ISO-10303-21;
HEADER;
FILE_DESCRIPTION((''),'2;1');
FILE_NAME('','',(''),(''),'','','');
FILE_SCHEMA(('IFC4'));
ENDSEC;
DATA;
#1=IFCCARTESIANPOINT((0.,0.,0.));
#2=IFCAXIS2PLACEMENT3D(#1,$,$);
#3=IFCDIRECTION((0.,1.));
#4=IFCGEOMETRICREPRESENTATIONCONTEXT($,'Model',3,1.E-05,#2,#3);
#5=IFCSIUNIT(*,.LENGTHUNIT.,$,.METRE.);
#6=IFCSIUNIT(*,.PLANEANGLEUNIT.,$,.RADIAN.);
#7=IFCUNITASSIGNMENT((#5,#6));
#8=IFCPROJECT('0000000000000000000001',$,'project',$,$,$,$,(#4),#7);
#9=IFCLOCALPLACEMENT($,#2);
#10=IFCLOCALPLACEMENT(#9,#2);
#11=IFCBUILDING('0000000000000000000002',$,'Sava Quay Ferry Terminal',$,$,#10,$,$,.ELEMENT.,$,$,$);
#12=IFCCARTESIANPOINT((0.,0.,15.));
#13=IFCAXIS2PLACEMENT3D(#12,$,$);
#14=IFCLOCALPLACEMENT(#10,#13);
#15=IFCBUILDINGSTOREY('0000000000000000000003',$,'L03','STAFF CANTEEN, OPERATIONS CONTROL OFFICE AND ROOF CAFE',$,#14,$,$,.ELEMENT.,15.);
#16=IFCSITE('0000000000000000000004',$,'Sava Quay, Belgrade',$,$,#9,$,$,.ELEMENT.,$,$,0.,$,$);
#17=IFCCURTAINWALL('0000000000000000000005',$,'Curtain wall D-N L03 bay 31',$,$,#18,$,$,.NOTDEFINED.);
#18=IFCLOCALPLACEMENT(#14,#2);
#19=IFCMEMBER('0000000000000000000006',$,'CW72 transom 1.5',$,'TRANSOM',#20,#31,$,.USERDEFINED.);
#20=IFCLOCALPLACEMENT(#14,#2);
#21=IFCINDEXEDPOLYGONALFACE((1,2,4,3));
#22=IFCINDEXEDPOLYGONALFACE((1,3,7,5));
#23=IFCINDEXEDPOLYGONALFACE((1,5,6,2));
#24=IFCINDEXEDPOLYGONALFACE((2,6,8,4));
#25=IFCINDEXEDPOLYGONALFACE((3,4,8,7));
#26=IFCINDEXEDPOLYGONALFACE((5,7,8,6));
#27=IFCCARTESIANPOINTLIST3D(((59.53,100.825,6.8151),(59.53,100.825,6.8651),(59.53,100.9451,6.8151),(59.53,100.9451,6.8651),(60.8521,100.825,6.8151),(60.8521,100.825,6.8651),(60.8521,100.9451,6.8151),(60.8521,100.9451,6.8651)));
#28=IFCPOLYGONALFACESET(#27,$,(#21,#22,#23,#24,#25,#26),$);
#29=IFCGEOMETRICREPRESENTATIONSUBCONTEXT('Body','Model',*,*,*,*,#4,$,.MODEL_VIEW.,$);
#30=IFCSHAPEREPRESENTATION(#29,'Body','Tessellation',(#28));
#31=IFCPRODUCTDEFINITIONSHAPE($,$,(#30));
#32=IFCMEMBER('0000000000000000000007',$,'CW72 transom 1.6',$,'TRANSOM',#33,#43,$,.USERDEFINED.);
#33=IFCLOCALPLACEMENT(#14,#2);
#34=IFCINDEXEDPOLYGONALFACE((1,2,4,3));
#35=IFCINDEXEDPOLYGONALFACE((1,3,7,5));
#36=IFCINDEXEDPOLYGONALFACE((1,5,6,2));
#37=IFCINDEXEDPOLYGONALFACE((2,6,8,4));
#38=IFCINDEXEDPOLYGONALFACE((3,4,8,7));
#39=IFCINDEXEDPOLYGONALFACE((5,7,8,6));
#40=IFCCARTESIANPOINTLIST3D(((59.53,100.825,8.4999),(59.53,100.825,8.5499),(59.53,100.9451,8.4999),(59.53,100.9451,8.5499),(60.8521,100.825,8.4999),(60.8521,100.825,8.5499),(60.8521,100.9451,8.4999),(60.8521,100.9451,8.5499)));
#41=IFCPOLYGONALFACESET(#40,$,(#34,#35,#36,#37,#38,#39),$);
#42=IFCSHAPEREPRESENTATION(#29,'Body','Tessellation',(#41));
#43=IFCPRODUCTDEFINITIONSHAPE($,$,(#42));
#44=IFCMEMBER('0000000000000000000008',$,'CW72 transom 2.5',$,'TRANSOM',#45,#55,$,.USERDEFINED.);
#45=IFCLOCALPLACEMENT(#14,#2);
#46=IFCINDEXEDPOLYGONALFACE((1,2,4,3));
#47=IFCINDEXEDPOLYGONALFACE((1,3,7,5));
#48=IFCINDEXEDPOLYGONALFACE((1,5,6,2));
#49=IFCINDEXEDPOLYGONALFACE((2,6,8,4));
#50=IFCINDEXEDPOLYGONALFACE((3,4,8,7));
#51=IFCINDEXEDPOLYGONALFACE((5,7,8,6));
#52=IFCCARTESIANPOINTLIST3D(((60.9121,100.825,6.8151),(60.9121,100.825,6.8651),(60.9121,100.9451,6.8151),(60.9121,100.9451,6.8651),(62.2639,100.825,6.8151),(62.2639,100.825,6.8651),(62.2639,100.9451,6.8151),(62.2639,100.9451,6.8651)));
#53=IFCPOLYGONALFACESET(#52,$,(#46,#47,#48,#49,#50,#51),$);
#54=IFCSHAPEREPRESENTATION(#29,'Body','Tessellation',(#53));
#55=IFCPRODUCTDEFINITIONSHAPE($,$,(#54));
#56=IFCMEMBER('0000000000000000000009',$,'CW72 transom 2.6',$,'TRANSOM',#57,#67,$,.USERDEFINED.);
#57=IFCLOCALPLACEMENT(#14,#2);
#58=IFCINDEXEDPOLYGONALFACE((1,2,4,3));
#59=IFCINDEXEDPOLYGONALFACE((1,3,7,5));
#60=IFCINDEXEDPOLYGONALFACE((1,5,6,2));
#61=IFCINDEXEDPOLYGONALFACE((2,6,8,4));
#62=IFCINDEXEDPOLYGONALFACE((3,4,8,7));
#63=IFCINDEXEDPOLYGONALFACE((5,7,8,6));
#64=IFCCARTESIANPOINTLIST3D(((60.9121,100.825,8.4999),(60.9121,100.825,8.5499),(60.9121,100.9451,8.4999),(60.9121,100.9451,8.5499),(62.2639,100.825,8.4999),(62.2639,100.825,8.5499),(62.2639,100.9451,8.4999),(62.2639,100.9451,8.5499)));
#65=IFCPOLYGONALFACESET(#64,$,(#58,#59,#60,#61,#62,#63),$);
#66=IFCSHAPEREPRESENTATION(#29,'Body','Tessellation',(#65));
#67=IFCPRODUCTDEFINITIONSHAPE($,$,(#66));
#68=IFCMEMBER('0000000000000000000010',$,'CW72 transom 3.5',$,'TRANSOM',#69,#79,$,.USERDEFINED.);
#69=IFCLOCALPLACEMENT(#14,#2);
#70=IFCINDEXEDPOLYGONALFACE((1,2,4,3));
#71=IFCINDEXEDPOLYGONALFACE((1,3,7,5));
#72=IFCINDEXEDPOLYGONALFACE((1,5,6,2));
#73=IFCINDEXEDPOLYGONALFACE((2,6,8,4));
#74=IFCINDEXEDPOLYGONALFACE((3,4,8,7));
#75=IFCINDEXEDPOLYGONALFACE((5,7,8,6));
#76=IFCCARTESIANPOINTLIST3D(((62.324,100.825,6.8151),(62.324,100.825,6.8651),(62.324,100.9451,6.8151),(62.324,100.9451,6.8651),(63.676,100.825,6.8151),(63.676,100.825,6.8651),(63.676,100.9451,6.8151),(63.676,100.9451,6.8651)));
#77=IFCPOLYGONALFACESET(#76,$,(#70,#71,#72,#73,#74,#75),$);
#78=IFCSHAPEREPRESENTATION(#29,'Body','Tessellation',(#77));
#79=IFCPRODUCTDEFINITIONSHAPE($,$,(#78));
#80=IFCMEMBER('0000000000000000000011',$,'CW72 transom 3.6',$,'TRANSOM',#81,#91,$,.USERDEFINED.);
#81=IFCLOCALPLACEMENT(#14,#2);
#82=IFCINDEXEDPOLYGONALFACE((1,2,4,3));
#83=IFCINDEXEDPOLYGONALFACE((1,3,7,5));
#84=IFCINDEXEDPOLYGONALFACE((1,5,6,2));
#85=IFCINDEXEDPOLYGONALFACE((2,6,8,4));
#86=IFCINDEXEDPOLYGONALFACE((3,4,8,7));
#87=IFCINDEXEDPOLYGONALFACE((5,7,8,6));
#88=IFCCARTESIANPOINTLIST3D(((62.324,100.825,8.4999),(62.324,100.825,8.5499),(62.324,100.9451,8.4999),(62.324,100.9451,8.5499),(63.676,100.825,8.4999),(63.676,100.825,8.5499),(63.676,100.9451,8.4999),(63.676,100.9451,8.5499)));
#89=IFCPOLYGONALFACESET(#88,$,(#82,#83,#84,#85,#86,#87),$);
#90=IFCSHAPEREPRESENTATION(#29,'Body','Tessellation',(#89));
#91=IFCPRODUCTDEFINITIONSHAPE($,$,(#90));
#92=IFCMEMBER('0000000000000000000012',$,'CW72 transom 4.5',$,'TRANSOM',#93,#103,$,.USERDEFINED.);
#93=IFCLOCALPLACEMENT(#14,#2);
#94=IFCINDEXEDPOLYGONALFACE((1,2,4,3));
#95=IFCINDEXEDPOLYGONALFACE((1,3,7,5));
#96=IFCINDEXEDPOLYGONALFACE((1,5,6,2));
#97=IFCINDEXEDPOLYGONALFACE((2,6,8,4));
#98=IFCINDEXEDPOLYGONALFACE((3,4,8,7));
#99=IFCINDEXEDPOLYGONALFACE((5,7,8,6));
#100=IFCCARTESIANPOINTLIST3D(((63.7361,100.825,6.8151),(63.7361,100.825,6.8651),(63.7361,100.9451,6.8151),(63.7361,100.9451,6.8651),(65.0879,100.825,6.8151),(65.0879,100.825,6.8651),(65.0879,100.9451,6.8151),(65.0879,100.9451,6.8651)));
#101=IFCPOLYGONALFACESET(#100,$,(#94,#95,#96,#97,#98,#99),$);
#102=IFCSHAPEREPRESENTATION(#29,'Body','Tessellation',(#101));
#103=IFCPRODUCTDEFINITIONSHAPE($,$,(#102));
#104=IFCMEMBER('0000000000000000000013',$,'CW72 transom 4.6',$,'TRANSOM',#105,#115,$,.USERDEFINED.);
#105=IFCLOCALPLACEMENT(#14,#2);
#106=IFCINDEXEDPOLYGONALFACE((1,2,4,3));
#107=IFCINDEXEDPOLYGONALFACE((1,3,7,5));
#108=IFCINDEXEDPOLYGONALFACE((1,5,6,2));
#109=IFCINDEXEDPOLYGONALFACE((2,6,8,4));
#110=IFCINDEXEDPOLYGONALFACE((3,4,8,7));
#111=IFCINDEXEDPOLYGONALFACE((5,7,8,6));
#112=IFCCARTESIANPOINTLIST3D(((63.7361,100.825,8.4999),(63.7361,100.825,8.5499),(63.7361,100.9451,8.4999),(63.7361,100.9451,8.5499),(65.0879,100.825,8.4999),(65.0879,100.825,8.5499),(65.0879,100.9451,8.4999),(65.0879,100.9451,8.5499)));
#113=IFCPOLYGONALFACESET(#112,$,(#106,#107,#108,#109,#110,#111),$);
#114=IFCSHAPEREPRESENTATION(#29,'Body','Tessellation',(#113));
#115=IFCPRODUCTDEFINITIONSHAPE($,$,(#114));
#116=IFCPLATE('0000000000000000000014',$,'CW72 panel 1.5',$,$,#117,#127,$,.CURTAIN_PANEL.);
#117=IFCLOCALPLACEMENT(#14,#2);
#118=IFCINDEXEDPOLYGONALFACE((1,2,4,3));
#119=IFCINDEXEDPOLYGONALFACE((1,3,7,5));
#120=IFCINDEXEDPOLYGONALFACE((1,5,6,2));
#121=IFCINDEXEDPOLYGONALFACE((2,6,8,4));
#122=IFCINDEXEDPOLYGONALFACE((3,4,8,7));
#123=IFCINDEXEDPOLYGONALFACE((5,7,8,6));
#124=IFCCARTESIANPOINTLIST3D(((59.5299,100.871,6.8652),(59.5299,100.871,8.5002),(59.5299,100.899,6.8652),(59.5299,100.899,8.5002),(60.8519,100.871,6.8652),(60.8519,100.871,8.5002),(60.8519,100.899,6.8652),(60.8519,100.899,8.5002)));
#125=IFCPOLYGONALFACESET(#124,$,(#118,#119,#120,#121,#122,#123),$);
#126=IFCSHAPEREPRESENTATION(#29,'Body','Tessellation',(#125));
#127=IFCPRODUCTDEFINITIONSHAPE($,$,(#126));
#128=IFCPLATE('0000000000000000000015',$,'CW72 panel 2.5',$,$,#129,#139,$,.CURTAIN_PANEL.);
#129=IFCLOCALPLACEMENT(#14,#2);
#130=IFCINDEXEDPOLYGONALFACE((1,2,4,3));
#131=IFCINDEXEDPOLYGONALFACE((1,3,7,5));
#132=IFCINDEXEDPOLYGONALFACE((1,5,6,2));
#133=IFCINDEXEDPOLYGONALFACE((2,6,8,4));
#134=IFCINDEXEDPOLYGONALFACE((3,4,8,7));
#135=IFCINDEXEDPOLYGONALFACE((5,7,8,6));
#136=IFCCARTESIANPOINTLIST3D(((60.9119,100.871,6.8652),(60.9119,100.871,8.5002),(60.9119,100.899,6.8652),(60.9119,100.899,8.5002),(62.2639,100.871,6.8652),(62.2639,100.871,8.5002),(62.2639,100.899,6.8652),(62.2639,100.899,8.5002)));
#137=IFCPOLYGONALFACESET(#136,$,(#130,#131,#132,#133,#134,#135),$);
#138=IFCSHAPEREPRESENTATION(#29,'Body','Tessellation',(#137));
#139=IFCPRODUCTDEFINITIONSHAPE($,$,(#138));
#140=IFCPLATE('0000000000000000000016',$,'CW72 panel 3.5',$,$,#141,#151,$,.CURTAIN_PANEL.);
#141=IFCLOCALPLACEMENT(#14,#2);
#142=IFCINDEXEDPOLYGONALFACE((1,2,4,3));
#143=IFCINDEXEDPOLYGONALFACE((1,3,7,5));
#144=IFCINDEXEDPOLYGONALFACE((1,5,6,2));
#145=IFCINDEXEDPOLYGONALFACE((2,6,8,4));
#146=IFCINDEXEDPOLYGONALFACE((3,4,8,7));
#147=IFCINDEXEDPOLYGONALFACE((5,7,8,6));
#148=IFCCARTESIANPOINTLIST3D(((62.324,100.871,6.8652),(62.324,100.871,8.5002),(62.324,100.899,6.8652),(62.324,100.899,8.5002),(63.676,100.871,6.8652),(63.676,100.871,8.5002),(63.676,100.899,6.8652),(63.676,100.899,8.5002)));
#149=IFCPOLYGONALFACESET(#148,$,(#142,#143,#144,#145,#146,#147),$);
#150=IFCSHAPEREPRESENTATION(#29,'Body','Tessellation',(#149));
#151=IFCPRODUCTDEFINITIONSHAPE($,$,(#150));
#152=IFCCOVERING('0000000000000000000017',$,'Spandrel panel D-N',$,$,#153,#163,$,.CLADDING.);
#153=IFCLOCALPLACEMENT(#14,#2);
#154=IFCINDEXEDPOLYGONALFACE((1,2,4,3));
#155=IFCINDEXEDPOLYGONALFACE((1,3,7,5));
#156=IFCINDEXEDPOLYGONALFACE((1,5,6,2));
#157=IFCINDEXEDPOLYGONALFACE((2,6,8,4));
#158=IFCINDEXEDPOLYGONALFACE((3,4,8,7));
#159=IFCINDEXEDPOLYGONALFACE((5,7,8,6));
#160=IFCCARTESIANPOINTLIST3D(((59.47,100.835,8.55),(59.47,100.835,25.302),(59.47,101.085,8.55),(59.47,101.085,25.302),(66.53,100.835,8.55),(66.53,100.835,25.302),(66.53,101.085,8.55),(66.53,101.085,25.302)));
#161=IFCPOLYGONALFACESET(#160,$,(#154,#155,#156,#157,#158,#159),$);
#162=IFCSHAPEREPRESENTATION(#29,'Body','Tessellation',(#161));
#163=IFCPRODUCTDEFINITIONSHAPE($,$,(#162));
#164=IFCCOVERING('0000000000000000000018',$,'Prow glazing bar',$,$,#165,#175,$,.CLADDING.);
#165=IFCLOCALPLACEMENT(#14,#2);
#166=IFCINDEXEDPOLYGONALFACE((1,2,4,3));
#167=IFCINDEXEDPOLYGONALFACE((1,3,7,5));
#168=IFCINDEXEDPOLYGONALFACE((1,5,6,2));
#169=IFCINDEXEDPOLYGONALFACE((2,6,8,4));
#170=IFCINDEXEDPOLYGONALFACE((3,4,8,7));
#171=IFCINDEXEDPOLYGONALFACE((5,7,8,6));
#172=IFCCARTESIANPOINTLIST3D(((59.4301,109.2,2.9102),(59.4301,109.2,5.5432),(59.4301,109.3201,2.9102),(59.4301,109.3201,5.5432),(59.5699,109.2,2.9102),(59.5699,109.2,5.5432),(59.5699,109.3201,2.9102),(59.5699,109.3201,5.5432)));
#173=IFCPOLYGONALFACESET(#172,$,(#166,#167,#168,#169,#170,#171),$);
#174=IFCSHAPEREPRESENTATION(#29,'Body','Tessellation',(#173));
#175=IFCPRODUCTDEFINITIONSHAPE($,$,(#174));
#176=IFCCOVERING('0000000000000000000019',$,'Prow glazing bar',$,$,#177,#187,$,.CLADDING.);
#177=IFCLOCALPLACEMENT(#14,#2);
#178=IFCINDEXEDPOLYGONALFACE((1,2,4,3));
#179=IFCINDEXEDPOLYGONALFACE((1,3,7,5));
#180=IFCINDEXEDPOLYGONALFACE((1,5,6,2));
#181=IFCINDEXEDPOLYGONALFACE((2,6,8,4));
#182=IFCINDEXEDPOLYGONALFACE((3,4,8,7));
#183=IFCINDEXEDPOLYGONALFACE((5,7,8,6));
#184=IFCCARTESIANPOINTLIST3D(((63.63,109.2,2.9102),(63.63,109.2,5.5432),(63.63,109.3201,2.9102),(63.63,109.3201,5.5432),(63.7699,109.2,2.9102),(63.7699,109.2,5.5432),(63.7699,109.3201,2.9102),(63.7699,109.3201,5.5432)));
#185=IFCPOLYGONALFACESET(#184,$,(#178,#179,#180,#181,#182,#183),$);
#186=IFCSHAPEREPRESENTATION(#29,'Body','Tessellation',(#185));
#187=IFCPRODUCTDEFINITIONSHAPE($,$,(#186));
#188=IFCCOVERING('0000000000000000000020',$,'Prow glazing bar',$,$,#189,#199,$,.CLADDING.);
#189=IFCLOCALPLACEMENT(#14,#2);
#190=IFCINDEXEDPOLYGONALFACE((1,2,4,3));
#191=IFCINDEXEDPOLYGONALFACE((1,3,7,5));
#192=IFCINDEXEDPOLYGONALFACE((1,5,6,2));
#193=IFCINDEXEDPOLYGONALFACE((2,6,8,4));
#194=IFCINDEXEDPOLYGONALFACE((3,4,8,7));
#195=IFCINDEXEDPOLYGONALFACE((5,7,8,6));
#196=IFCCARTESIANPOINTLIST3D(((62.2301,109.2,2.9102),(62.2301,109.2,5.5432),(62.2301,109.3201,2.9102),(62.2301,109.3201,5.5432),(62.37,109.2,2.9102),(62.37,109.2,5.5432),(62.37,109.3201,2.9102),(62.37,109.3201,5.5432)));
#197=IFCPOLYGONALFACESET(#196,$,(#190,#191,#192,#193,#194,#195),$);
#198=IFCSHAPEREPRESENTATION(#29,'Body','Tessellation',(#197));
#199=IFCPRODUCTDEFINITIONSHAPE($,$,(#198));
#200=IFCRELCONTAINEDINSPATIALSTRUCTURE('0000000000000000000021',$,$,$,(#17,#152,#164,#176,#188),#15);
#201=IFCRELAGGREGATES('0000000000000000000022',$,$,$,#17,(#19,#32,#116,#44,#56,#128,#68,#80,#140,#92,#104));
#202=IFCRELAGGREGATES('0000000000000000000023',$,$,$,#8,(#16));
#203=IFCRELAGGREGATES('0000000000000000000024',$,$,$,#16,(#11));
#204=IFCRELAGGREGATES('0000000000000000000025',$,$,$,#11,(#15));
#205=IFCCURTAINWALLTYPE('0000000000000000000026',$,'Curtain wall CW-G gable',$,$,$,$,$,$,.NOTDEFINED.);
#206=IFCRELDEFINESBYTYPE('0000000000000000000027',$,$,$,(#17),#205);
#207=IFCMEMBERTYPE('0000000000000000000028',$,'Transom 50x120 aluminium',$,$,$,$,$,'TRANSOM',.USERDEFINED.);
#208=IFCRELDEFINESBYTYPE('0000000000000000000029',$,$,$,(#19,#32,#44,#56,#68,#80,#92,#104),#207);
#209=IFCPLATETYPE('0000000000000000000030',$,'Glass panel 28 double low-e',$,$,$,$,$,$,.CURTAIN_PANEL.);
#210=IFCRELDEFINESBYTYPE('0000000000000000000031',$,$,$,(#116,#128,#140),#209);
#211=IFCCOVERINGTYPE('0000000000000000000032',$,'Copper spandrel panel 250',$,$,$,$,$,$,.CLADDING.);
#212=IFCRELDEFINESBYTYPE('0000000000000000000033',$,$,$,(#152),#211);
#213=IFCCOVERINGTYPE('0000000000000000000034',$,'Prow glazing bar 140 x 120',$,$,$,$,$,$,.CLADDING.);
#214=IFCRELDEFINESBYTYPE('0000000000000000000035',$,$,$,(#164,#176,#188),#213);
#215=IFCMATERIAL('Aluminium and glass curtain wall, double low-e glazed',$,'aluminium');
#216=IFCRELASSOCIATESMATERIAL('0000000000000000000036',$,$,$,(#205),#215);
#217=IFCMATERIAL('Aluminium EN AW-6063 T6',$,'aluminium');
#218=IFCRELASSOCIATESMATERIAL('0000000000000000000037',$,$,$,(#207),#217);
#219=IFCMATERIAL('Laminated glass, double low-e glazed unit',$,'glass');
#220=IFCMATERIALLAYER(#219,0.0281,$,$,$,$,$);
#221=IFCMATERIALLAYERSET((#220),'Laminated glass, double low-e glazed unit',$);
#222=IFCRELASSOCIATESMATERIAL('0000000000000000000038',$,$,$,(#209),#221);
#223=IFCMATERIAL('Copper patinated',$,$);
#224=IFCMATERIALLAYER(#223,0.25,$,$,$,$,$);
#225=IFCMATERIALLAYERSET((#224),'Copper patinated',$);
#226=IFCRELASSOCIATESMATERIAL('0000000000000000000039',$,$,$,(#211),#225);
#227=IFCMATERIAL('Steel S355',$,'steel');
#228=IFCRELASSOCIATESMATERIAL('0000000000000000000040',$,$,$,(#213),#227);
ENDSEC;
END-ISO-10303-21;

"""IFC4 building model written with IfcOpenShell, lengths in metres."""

from ifc_helpers import new_model, si_unit, direction, frame, origin, origin_2d, place, context, subcontext, project, spatial, polyline, rectangle, outline, extrude, material, layer, layer_set, material_profile, profile_set, type_object, element, aggregate, save


model = new_model("IFC4")

# Units and contexts
model_context = context("Model", 3, precision=1e-05, world=origin(), true_north=direction((0.0, 1.0)))
body_context = subcontext(model_context, "Body", "Model", "MODEL_VIEW")
ifc_project = project(units=[si_unit("LENGTHUNIT", "METRE"), si_unit("PLANEANGLEUNIT", "RADIAN")], contexts=[model_context])

# Site, building, storey
site_placement = place(None, origin())
site = spatial("IfcSite", under=ifc_project, at=site_placement, Name="Sava Quay, Belgrade", CompositionType="ELEMENT", RefElevation=0.0)
building_placement = place(site_placement, origin())
building = spatial("IfcBuilding", under=site, at=building_placement, Name="Sava Quay Ferry Terminal", CompositionType="ELEMENT")
storey_placement = place(building_placement, frame((0.0, 0.0, 15.0)))
storey = spatial("IfcBuildingStorey", under=building, at=storey_placement, Name="L03", Description="STAFF CANTEEN, OPERATIONS CONTROL OFFICE AND ROOF CAFE", CompositionType="ELEMENT", Elevation=15.0)

# Curtain wall, members, plates
ifc_material_1 = material(Name="Aluminium and glass curtain wall, double low-e glazed", Category="aluminium")
curtain_wall_type = type_object("IfcCurtainWallType", Name="Curtain wall CW-G gable", PredefinedType="NOTDEFINED", material=ifc_material_1)
curtain_wall_placement = place(storey_placement, origin())
curtain_wall = element("IfcCurtainWall", 1, at=curtain_wall_placement, inside=storey, type_object=curtain_wall_type, Name="Curtain wall D-N L03 bay 31", PredefinedType="NOTDEFINED")
ifc_material_2 = material(Name="Aluminium EN AW-6063 T6", Category="aluminium")
ifc_material_profile_1 = material_profile(ifc_material_2, rectangle(XDim=0.1201, YDim=0.05, at=origin_2d()), Name="Transom 50x120 aluminium")
ifc_profile_set_1 = profile_set([ifc_material_profile_1], Name="Aluminium EN AW-6063 T6")
member_type = type_object("IfcMemberType", Name="Transom 50x120 aluminium", ElementType="TRANSOM", PredefinedType="USERDEFINED", material=ifc_profile_set_1)
member_1_placement = place(storey_placement, frame((59.53, 100.885, 6.8401), z_axis=(1.0, 0.0, 0.0), x_axis=(0.0, 1.0, 0.0)))
member_1 = element("IfcMember", 2, at=member_1_placement, type_object=member_type, Name="CW72 transom 1.5", ObjectType="TRANSOM", PredefinedType="USERDEFINED", context=body_context, shape_type="SweptSolid", body=[
    extrude(rectangle(XDim=0.1201, YDim=0.05, at=origin_2d()), origin(), (0.0, 0.0, 1.0), 1.322),
])
member_2_placement = place(storey_placement, frame((59.53, 100.885, 8.5249), z_axis=(1.0, 0.0, 0.0), x_axis=(0.0, 1.0, 0.0)))
member_2 = element("IfcMember", 3, at=member_2_placement, type_object=member_type, Name="CW72 transom 1.6", ObjectType="TRANSOM", PredefinedType="USERDEFINED", context=body_context, shape_type="SweptSolid", body=[
    extrude(rectangle(XDim=0.1201, YDim=0.05, at=origin_2d()), origin(), (0.0, 0.0, 1.0), 1.322),
])
member_3_placement = place(storey_placement, frame((60.9121, 100.885, 6.8401), z_axis=(1.0, 0.0, 0.0), x_axis=(0.0, 1.0, 0.0)))
member_3 = element("IfcMember", 4, at=member_3_placement, type_object=member_type, Name="CW72 transom 2.5", ObjectType="TRANSOM", PredefinedType="USERDEFINED", context=body_context, shape_type="SweptSolid", body=[
    extrude(rectangle(XDim=0.1201, YDim=0.05, at=origin_2d()), origin(), (0.0, 0.0, 1.0), 1.3518),
])
member_4_placement = place(storey_placement, frame((60.9121, 100.885, 8.5249), z_axis=(1.0, 0.0, 0.0), x_axis=(0.0, 1.0, 0.0)))
member_4 = element("IfcMember", 5, at=member_4_placement, type_object=member_type, Name="CW72 transom 2.6", ObjectType="TRANSOM", PredefinedType="USERDEFINED", context=body_context, shape_type="SweptSolid", body=[
    extrude(rectangle(XDim=0.1201, YDim=0.05, at=origin_2d()), origin(), (0.0, 0.0, 1.0), 1.3518),
])
member_5_placement = place(storey_placement, frame((62.324, 100.885, 6.8401), z_axis=(1.0, 0.0, 0.0), x_axis=(0.0, 1.0, 0.0)))
member_5 = element("IfcMember", 6, at=member_5_placement, type_object=member_type, Name="CW72 transom 3.5", ObjectType="TRANSOM", PredefinedType="USERDEFINED", context=body_context, shape_type="SweptSolid", body=[
    extrude(rectangle(XDim=0.1201, YDim=0.05, at=origin_2d()), origin(), (0.0, 0.0, 1.0), 1.3521),
])
member_6_placement = place(storey_placement, frame((62.324, 100.885, 8.5249), z_axis=(1.0, 0.0, 0.0), x_axis=(0.0, 1.0, 0.0)))
member_6 = element("IfcMember", 7, at=member_6_placement, type_object=member_type, Name="CW72 transom 3.6", ObjectType="TRANSOM", PredefinedType="USERDEFINED", context=body_context, shape_type="SweptSolid", body=[
    extrude(rectangle(XDim=0.1201, YDim=0.05, at=origin_2d()), origin(), (0.0, 0.0, 1.0), 1.3521),
])
member_7_placement = place(storey_placement, frame((63.7361, 100.885, 6.8401), z_axis=(1.0, 0.0, 0.0), x_axis=(0.0, 1.0, 0.0)))
member_7 = element("IfcMember", 8, at=member_7_placement, type_object=member_type, Name="CW72 transom 4.5", ObjectType="TRANSOM", PredefinedType="USERDEFINED", context=body_context, shape_type="SweptSolid", body=[
    extrude(rectangle(XDim=0.1201, YDim=0.05, at=origin_2d()), origin(), (0.0, 0.0, 1.0), 1.3518),
])
member_8_placement = place(storey_placement, frame((63.7361, 100.885, 8.5249), z_axis=(1.0, 0.0, 0.0), x_axis=(0.0, 1.0, 0.0)))
member_8 = element("IfcMember", 9, at=member_8_placement, type_object=member_type, Name="CW72 transom 4.6", ObjectType="TRANSOM", PredefinedType="USERDEFINED", context=body_context, shape_type="SweptSolid", body=[
    extrude(rectangle(XDim=0.1201, YDim=0.05, at=origin_2d()), origin(), (0.0, 0.0, 1.0), 1.3518),
])
ifc_material_3 = material(Name="Laminated glass, double low-e glazed unit", Category="glass")
ifc_layer_1 = layer(ifc_material_3, 0.0281)
ifc_layer_set_1 = layer_set([ifc_layer_1], Name="Laminated glass, double low-e glazed unit")
plate_type = type_object("IfcPlateType", Name="Glass panel 28 double low-e", PredefinedType="CURTAIN_PANEL", material=ifc_layer_set_1)
plate_1_placement = place(storey_placement, frame((60.1909, 100.885, 6.8652), z_axis=(0.0, 0.0, 1.0), x_axis=(1.0, 0.0, 0.0)))
plate_1 = element("IfcPlate", 10, at=plate_1_placement, type_object=plate_type, Name="CW72 panel 1.5", PredefinedType="CURTAIN_PANEL", context=body_context, shape_type="SweptSolid", body=[
    extrude(rectangle(XDim=1.322, YDim=0.0281, at=origin_2d()), origin(), (0.0, 0.0, 1.0), 1.635),
])
plate_2_placement = place(storey_placement, frame((61.5879, 100.885, 6.8652), z_axis=(0.0, 0.0, 1.0), x_axis=(1.0, 0.0, 0.0)))
plate_2 = element("IfcPlate", 11, at=plate_2_placement, type_object=plate_type, Name="CW72 panel 2.5", PredefinedType="CURTAIN_PANEL", context=body_context, shape_type="SweptSolid", body=[
    extrude(rectangle(XDim=1.3521, YDim=0.0281, at=origin_2d()), origin(), (0.0, 0.0, 1.0), 1.635),
])
plate_3_placement = place(storey_placement, frame((63.0, 100.885, 6.8652), z_axis=(0.0, 0.0, 1.0), x_axis=(1.0, 0.0, 0.0)))
plate_3 = element("IfcPlate", 12, at=plate_3_placement, type_object=plate_type, Name="CW72 panel 3.5", PredefinedType="CURTAIN_PANEL", context=body_context, shape_type="SweptSolid", body=[
    extrude(rectangle(XDim=1.3521, YDim=0.0281, at=origin_2d()), origin(), (0.0, 0.0, 1.0), 1.635),
])
aggregate(curtain_wall, [member_1, member_2, plate_1, member_3, member_4, plate_2, member_5, member_6, plate_3, member_7, member_8])

# Coverings
ifc_material_4 = material(Name="Copper patinated")
ifc_layer_2 = layer(ifc_material_4, 0.25)
ifc_layer_set_2 = layer_set([ifc_layer_2], Name="Copper patinated")
covering_type_1 = type_object("IfcCoveringType", Name="Copper spandrel panel 250", PredefinedType="CLADDING", material=ifc_layer_set_2)
covering_placement = place(storey_placement, frame((59.47, 100.96, 8.55), z_axis=(0.0, 0.0, 1.0), x_axis=(1.0, 0.0, 0.0)))
element("IfcCovering", 13, at=covering_placement, inside=storey, type_object=covering_type_1, Name="Spandrel panel D-N", PredefinedType="CLADDING", context=body_context, shape_type="SweptSolid", body=[
    extrude(outline(polyline([(0.0, 0.0), (7.0601, 0.0), (7.0601, 16.752), (0.0, 16.752), (0.0, 0.0)])), frame((0.0, 0.125, 0.0), z_axis=(0.0, -1.0, 0.0), x_axis=(1.0, 0.0, 0.0)), (0.0, 0.0, 1.0), 0.25),
])
ifc_material_5 = material(Name="Steel S355", Category="steel")
ifc_material_profile_2 = material_profile(ifc_material_5, rectangle(XDim=0.1399, YDim=0.1201, at=origin_2d()), Name="Strip 140 x 120")
ifc_profile_set_2 = profile_set([ifc_material_profile_2], Name="Steel S355")
covering_type_2 = type_object("IfcCoveringType", Name="Prow glazing bar 140 x 120", PredefinedType="CLADDING", material=ifc_profile_set_2)
for number, where, z_axis, x_axis, name in (
    (14, (59.5, 109.26, 2.9102), (0.0, 0.0, 1.0), (1.0, 0.0, 0.0), "Prow glazing bar"),
    (15, (63.7, 109.26, 2.9102), (0.0, 0.0, 1.0), (1.0, 0.0, 0.0), "Prow glazing bar"),
    (16, (62.3, 109.26, 2.9102), (0.0, 0.0, 1.0), (1.0, 0.0, 0.0), "Prow glazing bar"),
):
    element("IfcCovering", number, at=place(storey_placement, frame(where, z_axis=z_axis, x_axis=x_axis)), inside=storey, type_object=covering_type_2, Name=name, PredefinedType="CLADDING", context=body_context, shape_type="SweptSolid", body=[
        extrude(rectangle(XDim=0.1399, YDim=0.1201, at=origin_2d()), origin(), (0.0, 0.0, 1.0), 2.6331),
    ])

save(model, "model.ifc")
